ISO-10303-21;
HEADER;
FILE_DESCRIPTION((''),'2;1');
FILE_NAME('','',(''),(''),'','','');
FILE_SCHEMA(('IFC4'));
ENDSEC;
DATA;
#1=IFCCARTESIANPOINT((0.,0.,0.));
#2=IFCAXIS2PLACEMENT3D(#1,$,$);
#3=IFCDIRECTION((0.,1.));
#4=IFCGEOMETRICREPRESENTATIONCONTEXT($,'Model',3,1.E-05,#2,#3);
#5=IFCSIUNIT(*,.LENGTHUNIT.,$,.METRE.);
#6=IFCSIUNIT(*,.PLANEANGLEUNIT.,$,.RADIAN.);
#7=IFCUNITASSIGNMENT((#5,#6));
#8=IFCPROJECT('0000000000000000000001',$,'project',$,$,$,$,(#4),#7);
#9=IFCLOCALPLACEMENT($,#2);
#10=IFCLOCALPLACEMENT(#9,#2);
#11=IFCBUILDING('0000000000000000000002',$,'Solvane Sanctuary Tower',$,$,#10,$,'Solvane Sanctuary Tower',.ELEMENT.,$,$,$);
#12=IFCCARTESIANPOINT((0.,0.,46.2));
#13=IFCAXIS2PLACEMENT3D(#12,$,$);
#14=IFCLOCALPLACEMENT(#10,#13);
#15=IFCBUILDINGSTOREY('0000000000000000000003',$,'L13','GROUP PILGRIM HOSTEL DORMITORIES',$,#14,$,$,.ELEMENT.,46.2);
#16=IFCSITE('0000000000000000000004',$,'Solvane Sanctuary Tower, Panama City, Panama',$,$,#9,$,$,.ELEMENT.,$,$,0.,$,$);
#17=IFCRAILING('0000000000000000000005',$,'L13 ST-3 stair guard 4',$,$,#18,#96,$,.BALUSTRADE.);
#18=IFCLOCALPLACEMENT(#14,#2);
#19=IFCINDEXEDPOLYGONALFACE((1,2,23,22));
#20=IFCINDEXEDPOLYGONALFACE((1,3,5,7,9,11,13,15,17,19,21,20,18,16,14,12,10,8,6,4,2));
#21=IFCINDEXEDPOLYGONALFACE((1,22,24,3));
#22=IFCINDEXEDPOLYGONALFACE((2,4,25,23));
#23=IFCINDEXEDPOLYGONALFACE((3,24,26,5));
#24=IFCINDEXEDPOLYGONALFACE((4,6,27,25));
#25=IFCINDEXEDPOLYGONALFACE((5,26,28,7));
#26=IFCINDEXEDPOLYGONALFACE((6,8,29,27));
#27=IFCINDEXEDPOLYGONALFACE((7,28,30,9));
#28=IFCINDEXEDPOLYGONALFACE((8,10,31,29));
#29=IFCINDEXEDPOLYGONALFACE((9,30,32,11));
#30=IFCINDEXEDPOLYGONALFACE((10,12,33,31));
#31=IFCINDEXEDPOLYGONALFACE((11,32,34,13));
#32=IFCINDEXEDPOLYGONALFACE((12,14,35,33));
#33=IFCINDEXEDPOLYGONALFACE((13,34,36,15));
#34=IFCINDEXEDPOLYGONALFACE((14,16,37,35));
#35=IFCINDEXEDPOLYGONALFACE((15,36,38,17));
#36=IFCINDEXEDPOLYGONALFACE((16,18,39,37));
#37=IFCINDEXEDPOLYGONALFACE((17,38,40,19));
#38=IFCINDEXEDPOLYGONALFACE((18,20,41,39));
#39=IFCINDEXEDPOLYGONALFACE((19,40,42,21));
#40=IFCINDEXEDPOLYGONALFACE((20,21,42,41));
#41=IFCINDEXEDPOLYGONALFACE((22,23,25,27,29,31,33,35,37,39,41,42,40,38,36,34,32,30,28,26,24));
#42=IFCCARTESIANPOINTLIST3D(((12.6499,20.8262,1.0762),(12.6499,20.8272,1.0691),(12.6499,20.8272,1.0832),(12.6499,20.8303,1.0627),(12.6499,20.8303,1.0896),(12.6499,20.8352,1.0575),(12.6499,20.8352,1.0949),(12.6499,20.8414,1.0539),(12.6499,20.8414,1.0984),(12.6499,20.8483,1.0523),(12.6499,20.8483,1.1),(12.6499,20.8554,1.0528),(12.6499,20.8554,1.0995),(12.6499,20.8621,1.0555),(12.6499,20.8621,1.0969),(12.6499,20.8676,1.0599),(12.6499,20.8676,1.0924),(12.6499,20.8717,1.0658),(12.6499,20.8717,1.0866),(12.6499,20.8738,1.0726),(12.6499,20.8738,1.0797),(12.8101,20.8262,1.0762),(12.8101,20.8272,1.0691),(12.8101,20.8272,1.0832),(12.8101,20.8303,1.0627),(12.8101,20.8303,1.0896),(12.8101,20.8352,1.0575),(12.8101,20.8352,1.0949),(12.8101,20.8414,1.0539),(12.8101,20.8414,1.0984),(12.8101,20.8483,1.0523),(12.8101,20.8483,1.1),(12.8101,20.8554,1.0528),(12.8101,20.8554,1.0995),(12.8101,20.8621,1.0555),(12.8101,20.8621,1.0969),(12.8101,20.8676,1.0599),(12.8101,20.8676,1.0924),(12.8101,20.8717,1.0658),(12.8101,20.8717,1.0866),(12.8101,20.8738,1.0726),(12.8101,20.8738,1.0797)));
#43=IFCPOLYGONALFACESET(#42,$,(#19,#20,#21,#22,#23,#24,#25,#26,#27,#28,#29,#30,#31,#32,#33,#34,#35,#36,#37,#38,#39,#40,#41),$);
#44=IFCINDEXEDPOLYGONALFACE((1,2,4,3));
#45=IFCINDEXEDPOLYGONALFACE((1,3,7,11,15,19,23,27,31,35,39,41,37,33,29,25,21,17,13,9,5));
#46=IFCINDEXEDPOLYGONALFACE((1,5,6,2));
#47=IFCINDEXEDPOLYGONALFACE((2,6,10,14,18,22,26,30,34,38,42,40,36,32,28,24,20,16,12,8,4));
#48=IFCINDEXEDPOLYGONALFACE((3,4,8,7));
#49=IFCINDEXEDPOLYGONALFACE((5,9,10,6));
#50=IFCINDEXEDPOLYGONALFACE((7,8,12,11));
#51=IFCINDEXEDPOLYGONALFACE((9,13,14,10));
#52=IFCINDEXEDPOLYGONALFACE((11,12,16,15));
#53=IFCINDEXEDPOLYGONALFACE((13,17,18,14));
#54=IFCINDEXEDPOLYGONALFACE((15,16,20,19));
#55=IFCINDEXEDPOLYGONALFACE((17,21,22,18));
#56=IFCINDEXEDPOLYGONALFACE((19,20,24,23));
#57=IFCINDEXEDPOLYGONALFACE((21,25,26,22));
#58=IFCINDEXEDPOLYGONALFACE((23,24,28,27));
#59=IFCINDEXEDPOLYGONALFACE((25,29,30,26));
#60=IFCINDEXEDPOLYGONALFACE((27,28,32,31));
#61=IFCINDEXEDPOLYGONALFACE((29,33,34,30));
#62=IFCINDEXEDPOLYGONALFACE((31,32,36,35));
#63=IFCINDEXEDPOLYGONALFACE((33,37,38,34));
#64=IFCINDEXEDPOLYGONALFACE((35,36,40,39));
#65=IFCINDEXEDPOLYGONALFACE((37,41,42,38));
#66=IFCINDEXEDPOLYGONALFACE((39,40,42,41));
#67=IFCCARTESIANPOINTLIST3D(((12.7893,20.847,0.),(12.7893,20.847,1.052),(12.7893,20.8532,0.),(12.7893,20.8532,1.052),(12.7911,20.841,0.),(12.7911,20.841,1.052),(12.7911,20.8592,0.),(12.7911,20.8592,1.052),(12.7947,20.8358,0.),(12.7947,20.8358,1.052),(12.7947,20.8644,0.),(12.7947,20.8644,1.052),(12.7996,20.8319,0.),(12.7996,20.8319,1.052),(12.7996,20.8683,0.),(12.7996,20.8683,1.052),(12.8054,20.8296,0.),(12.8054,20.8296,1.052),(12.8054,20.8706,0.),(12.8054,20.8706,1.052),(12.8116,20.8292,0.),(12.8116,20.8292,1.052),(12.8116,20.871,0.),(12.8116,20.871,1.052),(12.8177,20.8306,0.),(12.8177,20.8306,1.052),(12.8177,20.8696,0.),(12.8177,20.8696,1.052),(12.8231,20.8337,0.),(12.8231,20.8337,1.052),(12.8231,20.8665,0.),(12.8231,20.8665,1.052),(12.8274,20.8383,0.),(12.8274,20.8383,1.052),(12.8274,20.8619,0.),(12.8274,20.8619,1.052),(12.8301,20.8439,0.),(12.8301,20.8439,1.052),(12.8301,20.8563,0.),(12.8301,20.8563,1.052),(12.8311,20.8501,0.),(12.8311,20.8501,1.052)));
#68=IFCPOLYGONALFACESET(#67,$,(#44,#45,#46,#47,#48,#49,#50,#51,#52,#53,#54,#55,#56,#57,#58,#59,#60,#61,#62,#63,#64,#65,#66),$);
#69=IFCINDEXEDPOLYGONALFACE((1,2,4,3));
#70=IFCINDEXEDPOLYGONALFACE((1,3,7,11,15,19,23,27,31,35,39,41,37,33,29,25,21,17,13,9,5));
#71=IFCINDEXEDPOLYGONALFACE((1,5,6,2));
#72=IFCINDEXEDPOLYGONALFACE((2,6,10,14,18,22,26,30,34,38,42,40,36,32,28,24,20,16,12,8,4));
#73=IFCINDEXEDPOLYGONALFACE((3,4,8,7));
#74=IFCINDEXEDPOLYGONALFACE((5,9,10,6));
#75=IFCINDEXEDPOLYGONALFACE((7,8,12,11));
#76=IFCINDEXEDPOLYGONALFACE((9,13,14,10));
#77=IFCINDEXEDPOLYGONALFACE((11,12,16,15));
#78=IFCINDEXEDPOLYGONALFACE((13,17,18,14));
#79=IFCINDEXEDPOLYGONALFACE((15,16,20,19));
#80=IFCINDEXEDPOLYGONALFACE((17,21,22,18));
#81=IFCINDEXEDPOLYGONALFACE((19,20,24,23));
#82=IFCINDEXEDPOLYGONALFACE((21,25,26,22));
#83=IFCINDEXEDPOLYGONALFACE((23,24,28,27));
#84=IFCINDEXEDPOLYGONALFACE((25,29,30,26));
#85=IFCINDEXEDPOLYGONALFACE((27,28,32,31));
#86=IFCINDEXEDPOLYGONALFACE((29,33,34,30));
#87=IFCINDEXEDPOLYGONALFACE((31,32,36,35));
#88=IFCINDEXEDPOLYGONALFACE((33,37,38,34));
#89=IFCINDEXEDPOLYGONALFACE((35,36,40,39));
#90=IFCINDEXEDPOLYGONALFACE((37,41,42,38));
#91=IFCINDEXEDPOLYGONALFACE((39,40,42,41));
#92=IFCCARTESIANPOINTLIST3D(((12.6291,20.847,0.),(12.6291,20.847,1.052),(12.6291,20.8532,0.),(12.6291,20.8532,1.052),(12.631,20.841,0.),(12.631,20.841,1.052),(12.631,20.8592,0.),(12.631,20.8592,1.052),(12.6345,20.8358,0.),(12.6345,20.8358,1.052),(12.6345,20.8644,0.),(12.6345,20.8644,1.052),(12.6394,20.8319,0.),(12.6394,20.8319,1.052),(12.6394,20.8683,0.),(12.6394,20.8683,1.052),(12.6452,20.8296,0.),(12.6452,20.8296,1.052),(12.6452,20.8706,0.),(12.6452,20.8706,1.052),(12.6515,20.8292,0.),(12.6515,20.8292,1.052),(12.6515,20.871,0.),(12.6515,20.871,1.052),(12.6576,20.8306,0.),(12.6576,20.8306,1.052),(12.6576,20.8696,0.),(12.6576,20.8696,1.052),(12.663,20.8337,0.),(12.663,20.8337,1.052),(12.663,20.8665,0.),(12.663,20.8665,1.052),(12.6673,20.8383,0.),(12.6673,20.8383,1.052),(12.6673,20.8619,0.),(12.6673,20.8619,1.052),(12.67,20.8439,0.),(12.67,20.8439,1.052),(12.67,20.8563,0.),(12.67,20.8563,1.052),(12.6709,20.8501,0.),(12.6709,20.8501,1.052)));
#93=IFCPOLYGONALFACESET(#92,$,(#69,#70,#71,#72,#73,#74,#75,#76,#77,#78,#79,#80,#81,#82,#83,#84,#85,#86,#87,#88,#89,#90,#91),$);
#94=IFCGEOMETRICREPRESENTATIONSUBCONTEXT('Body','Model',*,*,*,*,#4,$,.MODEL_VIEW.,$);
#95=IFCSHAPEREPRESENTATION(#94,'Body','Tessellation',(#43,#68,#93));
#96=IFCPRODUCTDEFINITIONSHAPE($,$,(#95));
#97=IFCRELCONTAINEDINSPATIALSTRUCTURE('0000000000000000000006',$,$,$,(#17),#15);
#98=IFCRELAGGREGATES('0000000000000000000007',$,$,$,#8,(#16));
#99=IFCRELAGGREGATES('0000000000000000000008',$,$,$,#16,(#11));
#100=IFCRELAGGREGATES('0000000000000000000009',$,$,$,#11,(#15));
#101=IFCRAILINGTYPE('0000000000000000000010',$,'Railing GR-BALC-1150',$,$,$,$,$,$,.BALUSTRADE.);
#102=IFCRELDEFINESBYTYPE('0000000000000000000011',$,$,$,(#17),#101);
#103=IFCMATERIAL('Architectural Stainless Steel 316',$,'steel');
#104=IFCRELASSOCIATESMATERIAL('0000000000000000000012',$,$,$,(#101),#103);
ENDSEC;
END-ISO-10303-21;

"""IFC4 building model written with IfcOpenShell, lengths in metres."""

from ifc_helpers import new_model, si_unit, direction, frame, origin, origin_2d, place, context, subcontext, project, spatial, circle, extrude, material, type_object, element, save


model = new_model("IFC4")

# Units and contexts
model_context = context("Model", 3, precision=1e-05, world=origin(), true_north=direction((0.0, 1.0)))
body_context = subcontext(model_context, "Body", "Model", "MODEL_VIEW")
ifc_project = project(units=[si_unit("LENGTHUNIT", "METRE"), si_unit("PLANEANGLEUNIT", "RADIAN")], contexts=[model_context])

# Site, building, storey
site_placement = place(None, origin())
site = spatial("IfcSite", under=ifc_project, at=site_placement, Name="Solvane Sanctuary Tower, Panama City, Panama", CompositionType="ELEMENT", RefElevation=0.0)
building_placement = place(site_placement, origin())
building = spatial("IfcBuilding", under=site, at=building_placement, Name="Solvane Sanctuary Tower", LongName="Solvane Sanctuary Tower", CompositionType="ELEMENT")
storey_placement = place(building_placement, frame((0.0, 0.0, 46.2)))
storey = spatial("IfcBuildingStorey", under=building, at=storey_placement, Name="L13", Description="GROUP PILGRIM HOSTEL DORMITORIES", CompositionType="ELEMENT", Elevation=46.2)

# Shared definitions
ifc_material_1 = material(Name="Architectural Stainless Steel 316", Category="steel")

# Railing
railing_type_1 = type_object("IfcRailingType", Name="Railing GR-BALC-1150", PredefinedType="BALUSTRADE", material=ifc_material_1)
railing_1_placement = place(storey_placement, frame((12.8101, 20.8501, 0.0)))
element("IfcRailing", 1, at=railing_1_placement, inside=storey, type_object=railing_type_1, Name="L13 ST-3 stair guard 4", PredefinedType="BALUSTRADE", context=body_context, shape_type="SweptSolid", body=[
    extrude(circle(Radius=0.0239, at=origin_2d()), frame((0.0, 0.0, 1.0762), z_axis=(-1.0, 0.0, 0.0), x_axis=(0.0, -1.0, 0.0)), (0.0, 0.0, 1.0), 0.1602),
    extrude(circle(Radius=0.021, at=origin_2d()), origin(), (0.0, 0.0, 1.0), 1.052),
    extrude(circle(Radius=0.021, at=origin_2d()), frame((-0.1602, 0.0, 0.0)), (0.0, 0.0, 1.0), 1.052),
])

save(model, "model.ifc")
